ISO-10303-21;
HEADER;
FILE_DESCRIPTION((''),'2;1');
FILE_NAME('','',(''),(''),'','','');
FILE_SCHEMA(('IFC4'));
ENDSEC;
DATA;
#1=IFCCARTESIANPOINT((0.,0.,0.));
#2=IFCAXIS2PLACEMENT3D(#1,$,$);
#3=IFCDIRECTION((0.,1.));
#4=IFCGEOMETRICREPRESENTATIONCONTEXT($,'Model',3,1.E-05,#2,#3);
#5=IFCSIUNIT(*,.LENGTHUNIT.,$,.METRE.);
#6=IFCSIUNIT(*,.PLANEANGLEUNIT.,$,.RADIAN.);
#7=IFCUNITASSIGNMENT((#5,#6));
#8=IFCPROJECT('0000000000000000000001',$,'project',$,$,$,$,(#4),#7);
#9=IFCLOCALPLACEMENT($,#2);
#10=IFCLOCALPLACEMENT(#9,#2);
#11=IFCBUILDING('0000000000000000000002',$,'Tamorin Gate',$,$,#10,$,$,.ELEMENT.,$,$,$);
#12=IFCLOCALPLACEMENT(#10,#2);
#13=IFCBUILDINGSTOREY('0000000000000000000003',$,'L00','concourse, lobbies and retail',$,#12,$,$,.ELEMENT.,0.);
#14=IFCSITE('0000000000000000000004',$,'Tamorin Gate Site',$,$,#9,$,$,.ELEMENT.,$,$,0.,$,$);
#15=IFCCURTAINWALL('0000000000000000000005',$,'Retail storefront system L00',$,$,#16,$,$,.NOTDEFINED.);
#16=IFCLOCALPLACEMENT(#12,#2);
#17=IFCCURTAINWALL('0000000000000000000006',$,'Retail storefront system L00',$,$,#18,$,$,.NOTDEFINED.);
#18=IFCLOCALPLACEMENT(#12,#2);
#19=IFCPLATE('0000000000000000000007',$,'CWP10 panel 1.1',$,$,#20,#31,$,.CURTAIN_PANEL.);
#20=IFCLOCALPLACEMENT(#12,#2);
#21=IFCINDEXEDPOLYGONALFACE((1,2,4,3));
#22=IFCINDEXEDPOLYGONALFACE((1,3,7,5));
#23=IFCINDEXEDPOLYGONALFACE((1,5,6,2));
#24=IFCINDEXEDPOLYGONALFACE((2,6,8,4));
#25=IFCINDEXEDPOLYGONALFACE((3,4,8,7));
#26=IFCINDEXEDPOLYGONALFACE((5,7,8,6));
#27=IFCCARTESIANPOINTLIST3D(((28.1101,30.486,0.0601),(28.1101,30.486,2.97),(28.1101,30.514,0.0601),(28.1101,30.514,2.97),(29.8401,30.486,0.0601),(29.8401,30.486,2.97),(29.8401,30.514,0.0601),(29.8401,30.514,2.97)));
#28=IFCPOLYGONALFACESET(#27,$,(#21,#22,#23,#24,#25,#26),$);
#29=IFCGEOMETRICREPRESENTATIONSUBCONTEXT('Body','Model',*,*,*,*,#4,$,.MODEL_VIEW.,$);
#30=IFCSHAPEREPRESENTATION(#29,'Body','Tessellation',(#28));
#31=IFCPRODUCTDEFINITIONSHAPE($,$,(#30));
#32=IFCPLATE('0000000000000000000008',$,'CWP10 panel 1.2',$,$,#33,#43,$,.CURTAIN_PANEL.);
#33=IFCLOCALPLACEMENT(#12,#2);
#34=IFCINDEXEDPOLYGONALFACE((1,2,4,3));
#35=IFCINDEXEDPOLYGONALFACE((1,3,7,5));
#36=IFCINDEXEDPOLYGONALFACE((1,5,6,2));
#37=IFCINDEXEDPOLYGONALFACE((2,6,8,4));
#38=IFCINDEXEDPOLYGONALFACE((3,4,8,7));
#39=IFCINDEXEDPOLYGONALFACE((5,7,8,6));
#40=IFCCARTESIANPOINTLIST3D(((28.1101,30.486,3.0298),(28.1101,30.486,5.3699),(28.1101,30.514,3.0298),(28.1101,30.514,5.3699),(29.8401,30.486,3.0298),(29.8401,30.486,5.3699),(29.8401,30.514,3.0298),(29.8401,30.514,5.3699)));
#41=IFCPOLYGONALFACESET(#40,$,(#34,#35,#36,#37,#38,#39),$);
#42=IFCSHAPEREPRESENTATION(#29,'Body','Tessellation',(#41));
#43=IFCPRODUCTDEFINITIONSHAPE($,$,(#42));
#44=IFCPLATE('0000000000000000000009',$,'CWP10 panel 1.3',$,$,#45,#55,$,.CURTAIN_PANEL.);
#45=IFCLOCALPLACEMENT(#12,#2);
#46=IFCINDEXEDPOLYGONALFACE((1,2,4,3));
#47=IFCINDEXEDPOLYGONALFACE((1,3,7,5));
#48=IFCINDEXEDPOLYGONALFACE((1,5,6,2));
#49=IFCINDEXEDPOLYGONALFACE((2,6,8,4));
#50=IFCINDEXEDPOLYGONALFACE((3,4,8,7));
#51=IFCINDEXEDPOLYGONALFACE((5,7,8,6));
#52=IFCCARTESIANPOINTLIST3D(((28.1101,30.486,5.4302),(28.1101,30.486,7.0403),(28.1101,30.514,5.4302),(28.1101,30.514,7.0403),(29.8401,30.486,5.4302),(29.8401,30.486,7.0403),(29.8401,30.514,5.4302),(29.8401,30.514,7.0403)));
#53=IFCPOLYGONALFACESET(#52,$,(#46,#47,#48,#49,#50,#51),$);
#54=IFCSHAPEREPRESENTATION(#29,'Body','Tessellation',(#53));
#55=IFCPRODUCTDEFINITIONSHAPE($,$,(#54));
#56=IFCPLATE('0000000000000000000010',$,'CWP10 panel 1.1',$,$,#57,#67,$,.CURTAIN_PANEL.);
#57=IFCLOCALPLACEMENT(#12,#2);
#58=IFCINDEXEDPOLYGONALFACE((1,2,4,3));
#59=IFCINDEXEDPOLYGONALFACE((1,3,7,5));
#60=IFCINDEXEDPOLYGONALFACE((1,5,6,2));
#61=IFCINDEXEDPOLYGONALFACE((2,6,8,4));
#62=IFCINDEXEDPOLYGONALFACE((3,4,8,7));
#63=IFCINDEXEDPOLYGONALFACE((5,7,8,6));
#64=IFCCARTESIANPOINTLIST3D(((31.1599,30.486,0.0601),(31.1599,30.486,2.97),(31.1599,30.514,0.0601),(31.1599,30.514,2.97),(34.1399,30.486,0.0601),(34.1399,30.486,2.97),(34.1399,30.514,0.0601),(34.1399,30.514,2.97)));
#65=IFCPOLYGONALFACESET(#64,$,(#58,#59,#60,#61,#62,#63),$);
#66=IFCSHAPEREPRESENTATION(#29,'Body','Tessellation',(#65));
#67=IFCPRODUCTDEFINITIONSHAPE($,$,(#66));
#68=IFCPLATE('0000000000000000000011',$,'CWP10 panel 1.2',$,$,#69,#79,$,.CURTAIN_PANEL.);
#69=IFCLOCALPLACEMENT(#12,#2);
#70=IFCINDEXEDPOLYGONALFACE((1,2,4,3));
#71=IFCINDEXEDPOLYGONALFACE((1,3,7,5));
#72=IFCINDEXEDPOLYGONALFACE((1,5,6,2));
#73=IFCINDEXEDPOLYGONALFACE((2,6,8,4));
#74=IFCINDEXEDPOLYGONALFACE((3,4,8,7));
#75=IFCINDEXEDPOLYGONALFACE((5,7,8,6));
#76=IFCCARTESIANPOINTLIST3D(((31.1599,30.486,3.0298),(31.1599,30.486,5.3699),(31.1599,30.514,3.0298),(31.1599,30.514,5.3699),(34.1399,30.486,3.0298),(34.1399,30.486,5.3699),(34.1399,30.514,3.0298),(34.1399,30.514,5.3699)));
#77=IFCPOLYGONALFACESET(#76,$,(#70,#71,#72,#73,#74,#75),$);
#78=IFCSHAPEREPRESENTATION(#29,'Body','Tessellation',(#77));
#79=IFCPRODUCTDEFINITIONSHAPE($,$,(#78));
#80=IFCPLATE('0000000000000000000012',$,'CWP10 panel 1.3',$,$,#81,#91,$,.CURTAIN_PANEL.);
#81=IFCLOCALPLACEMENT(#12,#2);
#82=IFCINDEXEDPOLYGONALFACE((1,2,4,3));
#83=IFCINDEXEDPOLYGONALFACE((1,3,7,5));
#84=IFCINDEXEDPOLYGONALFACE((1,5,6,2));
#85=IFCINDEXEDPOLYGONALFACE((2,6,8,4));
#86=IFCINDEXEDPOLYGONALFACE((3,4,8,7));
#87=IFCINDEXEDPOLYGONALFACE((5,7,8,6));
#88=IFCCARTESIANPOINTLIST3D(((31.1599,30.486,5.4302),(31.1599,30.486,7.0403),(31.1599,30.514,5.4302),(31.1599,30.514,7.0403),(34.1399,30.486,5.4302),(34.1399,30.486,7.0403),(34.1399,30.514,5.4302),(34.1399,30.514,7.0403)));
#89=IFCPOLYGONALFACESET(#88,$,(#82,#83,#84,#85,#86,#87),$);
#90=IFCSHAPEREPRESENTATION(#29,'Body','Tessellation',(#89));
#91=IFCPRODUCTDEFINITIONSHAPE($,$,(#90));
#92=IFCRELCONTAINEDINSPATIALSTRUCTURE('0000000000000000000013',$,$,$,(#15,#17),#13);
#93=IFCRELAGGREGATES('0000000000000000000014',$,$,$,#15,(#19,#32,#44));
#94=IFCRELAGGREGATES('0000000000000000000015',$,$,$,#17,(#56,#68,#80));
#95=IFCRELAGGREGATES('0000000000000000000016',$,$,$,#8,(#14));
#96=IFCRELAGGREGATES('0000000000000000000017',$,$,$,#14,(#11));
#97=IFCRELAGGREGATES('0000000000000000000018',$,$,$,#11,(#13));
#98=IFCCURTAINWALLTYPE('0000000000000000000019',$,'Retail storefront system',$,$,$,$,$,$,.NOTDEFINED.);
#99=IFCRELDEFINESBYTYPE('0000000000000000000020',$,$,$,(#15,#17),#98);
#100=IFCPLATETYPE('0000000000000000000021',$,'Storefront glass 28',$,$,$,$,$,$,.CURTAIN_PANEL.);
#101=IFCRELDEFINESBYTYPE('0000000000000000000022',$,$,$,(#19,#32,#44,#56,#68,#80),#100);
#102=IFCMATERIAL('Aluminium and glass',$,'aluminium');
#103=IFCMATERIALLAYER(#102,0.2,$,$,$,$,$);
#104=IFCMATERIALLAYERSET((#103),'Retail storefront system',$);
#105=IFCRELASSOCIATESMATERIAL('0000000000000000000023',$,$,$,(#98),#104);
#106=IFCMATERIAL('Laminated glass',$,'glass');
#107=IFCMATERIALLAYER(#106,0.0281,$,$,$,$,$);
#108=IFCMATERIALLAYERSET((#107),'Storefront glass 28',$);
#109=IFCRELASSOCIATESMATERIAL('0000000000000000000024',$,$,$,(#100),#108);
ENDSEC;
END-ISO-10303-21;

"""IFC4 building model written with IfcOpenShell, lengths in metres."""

from ifc_helpers import new_model, si_unit, direction, frame, origin, origin_2d, place, context, subcontext, project, spatial, rectangle, extrude, material, layer, layer_set, type_object, element, aggregate, save


model = new_model("IFC4")

# Units and contexts
model_context = context("Model", 3, precision=1e-05, world=origin(), true_north=direction((0.0, 1.0)))
body_context = subcontext(model_context, "Body", "Model", "MODEL_VIEW")
ifc_project = project(units=[si_unit("LENGTHUNIT", "METRE"), si_unit("PLANEANGLEUNIT", "RADIAN")], contexts=[model_context])

# Site, building, storey
site_placement = place(None, origin())
site = spatial("IfcSite", under=ifc_project, at=site_placement, Name="Tamorin Gate Site", CompositionType="ELEMENT", RefElevation=0.0)
building_placement = place(site_placement, origin())
building = spatial("IfcBuilding", under=site, at=building_placement, Name="Tamorin Gate", CompositionType="ELEMENT")
storey_placement = place(building_placement, origin())
storey = spatial("IfcBuildingStorey", under=building, at=storey_placement, Name="L00", Description="concourse, lobbies and retail", CompositionType="ELEMENT", Elevation=0.0)

# Curtain walls
ifc_material_1 = material(Name="Aluminium and glass", Category="aluminium")
ifc_layer_1 = layer(ifc_material_1, 0.2)
ifc_layer_set_1 = layer_set([ifc_layer_1], Name="Retail storefront system")
curtain_wall_type = type_object("IfcCurtainWallType", Name="Retail storefront system", PredefinedType="NOTDEFINED", material=ifc_layer_set_1)
curtain_wall_1_placement = place(storey_placement, origin())
curtain_wall_1 = element("IfcCurtainWall", 1, at=curtain_wall_1_placement, inside=storey, type_object=curtain_wall_type, Name="Retail storefront system L00", PredefinedType="NOTDEFINED")
curtain_wall_2_placement = place(storey_placement, origin())
curtain_wall_2 = element("IfcCurtainWall", 2, at=curtain_wall_2_placement, inside=storey, type_object=curtain_wall_type, Name="Retail storefront system L00", PredefinedType="NOTDEFINED")

# Plates
ifc_material_2 = material(Name="Laminated glass", Category="glass")
ifc_layer_2 = layer(ifc_material_2, 0.0281)
ifc_layer_set_2 = layer_set([ifc_layer_2], Name="Storefront glass 28")
plate_type = type_object("IfcPlateType", Name="Storefront glass 28", PredefinedType="CURTAIN_PANEL", material=ifc_layer_set_2)
plate_1_placement = place(storey_placement, frame((28.9751, 30.5, 0.0601), z_axis=(0.0, 0.0, 1.0), x_axis=(1.0, 0.0, 0.0)))
plate_1 = element("IfcPlate", 3, at=plate_1_placement, type_object=plate_type, Name="CWP10 panel 1.1", PredefinedType="CURTAIN_PANEL", context=body_context, shape_type="SweptSolid", body=[
    extrude(rectangle(XDim=1.73, YDim=0.0281, at=origin_2d()), origin(), (0.0, 0.0, 1.0), 2.9099),
])
plate_2_placement = place(storey_placement, frame((28.9751, 30.5, 3.0298), z_axis=(0.0, 0.0, 1.0), x_axis=(1.0, 0.0, 0.0)))
plate_2 = element("IfcPlate", 4, at=plate_2_placement, type_object=plate_type, Name="CWP10 panel 1.2", PredefinedType="CURTAIN_PANEL", context=body_context, shape_type="SweptSolid", body=[
    extrude(rectangle(XDim=1.73, YDim=0.0281, at=origin_2d()), origin(), (0.0, 0.0, 1.0), 2.3401),
])
plate_3_placement = place(storey_placement, frame((28.9751, 30.5, 5.4302), z_axis=(0.0, 0.0, 1.0), x_axis=(1.0, 0.0, 0.0)))
plate_3 = element("IfcPlate", 5, at=plate_3_placement, type_object=plate_type, Name="CWP10 panel 1.3", PredefinedType="CURTAIN_PANEL", context=body_context, shape_type="SweptSolid", body=[
    extrude(rectangle(XDim=1.73, YDim=0.0281, at=origin_2d()), origin(), (0.0, 0.0, 1.0), 1.6101),
])
aggregate(curtain_wall_1, [plate_1, plate_2, plate_3])
plate_4_placement = place(storey_placement, frame((32.6499, 30.5, 0.0601), z_axis=(0.0, 0.0, 1.0), x_axis=(1.0, 0.0, 0.0)))
plate_4 = element("IfcPlate", 6, at=plate_4_placement, type_object=plate_type, Name="CWP10 panel 1.1", PredefinedType="CURTAIN_PANEL", context=body_context, shape_type="SweptSolid", body=[
    extrude(rectangle(XDim=2.98, YDim=0.0281, at=origin_2d()), origin(), (0.0, 0.0, 1.0), 2.9099),
])
plate_5_placement = place(storey_placement, frame((32.6499, 30.5, 3.0298), z_axis=(0.0, 0.0, 1.0), x_axis=(1.0, 0.0, 0.0)))
plate_5 = element("IfcPlate", 7, at=plate_5_placement, type_object=plate_type, Name="CWP10 panel 1.2", PredefinedType="CURTAIN_PANEL", context=body_context, shape_type="SweptSolid", body=[
    extrude(rectangle(XDim=2.98, YDim=0.0281, at=origin_2d()), origin(), (0.0, 0.0, 1.0), 2.3401),
])
plate_6_placement = place(storey_placement, frame((32.6499, 30.5, 5.4302), z_axis=(0.0, 0.0, 1.0), x_axis=(1.0, 0.0, 0.0)))
plate_6 = element("IfcPlate", 8, at=plate_6_placement, type_object=plate_type, Name="CWP10 panel 1.3", PredefinedType="CURTAIN_PANEL", context=body_context, shape_type="SweptSolid", body=[
    extrude(rectangle(XDim=2.98, YDim=0.0281, at=origin_2d()), origin(), (0.0, 0.0, 1.0), 1.6101),
])
aggregate(curtain_wall_2, [plate_4, plate_5, plate_6])

save(model, "model.ifc")
